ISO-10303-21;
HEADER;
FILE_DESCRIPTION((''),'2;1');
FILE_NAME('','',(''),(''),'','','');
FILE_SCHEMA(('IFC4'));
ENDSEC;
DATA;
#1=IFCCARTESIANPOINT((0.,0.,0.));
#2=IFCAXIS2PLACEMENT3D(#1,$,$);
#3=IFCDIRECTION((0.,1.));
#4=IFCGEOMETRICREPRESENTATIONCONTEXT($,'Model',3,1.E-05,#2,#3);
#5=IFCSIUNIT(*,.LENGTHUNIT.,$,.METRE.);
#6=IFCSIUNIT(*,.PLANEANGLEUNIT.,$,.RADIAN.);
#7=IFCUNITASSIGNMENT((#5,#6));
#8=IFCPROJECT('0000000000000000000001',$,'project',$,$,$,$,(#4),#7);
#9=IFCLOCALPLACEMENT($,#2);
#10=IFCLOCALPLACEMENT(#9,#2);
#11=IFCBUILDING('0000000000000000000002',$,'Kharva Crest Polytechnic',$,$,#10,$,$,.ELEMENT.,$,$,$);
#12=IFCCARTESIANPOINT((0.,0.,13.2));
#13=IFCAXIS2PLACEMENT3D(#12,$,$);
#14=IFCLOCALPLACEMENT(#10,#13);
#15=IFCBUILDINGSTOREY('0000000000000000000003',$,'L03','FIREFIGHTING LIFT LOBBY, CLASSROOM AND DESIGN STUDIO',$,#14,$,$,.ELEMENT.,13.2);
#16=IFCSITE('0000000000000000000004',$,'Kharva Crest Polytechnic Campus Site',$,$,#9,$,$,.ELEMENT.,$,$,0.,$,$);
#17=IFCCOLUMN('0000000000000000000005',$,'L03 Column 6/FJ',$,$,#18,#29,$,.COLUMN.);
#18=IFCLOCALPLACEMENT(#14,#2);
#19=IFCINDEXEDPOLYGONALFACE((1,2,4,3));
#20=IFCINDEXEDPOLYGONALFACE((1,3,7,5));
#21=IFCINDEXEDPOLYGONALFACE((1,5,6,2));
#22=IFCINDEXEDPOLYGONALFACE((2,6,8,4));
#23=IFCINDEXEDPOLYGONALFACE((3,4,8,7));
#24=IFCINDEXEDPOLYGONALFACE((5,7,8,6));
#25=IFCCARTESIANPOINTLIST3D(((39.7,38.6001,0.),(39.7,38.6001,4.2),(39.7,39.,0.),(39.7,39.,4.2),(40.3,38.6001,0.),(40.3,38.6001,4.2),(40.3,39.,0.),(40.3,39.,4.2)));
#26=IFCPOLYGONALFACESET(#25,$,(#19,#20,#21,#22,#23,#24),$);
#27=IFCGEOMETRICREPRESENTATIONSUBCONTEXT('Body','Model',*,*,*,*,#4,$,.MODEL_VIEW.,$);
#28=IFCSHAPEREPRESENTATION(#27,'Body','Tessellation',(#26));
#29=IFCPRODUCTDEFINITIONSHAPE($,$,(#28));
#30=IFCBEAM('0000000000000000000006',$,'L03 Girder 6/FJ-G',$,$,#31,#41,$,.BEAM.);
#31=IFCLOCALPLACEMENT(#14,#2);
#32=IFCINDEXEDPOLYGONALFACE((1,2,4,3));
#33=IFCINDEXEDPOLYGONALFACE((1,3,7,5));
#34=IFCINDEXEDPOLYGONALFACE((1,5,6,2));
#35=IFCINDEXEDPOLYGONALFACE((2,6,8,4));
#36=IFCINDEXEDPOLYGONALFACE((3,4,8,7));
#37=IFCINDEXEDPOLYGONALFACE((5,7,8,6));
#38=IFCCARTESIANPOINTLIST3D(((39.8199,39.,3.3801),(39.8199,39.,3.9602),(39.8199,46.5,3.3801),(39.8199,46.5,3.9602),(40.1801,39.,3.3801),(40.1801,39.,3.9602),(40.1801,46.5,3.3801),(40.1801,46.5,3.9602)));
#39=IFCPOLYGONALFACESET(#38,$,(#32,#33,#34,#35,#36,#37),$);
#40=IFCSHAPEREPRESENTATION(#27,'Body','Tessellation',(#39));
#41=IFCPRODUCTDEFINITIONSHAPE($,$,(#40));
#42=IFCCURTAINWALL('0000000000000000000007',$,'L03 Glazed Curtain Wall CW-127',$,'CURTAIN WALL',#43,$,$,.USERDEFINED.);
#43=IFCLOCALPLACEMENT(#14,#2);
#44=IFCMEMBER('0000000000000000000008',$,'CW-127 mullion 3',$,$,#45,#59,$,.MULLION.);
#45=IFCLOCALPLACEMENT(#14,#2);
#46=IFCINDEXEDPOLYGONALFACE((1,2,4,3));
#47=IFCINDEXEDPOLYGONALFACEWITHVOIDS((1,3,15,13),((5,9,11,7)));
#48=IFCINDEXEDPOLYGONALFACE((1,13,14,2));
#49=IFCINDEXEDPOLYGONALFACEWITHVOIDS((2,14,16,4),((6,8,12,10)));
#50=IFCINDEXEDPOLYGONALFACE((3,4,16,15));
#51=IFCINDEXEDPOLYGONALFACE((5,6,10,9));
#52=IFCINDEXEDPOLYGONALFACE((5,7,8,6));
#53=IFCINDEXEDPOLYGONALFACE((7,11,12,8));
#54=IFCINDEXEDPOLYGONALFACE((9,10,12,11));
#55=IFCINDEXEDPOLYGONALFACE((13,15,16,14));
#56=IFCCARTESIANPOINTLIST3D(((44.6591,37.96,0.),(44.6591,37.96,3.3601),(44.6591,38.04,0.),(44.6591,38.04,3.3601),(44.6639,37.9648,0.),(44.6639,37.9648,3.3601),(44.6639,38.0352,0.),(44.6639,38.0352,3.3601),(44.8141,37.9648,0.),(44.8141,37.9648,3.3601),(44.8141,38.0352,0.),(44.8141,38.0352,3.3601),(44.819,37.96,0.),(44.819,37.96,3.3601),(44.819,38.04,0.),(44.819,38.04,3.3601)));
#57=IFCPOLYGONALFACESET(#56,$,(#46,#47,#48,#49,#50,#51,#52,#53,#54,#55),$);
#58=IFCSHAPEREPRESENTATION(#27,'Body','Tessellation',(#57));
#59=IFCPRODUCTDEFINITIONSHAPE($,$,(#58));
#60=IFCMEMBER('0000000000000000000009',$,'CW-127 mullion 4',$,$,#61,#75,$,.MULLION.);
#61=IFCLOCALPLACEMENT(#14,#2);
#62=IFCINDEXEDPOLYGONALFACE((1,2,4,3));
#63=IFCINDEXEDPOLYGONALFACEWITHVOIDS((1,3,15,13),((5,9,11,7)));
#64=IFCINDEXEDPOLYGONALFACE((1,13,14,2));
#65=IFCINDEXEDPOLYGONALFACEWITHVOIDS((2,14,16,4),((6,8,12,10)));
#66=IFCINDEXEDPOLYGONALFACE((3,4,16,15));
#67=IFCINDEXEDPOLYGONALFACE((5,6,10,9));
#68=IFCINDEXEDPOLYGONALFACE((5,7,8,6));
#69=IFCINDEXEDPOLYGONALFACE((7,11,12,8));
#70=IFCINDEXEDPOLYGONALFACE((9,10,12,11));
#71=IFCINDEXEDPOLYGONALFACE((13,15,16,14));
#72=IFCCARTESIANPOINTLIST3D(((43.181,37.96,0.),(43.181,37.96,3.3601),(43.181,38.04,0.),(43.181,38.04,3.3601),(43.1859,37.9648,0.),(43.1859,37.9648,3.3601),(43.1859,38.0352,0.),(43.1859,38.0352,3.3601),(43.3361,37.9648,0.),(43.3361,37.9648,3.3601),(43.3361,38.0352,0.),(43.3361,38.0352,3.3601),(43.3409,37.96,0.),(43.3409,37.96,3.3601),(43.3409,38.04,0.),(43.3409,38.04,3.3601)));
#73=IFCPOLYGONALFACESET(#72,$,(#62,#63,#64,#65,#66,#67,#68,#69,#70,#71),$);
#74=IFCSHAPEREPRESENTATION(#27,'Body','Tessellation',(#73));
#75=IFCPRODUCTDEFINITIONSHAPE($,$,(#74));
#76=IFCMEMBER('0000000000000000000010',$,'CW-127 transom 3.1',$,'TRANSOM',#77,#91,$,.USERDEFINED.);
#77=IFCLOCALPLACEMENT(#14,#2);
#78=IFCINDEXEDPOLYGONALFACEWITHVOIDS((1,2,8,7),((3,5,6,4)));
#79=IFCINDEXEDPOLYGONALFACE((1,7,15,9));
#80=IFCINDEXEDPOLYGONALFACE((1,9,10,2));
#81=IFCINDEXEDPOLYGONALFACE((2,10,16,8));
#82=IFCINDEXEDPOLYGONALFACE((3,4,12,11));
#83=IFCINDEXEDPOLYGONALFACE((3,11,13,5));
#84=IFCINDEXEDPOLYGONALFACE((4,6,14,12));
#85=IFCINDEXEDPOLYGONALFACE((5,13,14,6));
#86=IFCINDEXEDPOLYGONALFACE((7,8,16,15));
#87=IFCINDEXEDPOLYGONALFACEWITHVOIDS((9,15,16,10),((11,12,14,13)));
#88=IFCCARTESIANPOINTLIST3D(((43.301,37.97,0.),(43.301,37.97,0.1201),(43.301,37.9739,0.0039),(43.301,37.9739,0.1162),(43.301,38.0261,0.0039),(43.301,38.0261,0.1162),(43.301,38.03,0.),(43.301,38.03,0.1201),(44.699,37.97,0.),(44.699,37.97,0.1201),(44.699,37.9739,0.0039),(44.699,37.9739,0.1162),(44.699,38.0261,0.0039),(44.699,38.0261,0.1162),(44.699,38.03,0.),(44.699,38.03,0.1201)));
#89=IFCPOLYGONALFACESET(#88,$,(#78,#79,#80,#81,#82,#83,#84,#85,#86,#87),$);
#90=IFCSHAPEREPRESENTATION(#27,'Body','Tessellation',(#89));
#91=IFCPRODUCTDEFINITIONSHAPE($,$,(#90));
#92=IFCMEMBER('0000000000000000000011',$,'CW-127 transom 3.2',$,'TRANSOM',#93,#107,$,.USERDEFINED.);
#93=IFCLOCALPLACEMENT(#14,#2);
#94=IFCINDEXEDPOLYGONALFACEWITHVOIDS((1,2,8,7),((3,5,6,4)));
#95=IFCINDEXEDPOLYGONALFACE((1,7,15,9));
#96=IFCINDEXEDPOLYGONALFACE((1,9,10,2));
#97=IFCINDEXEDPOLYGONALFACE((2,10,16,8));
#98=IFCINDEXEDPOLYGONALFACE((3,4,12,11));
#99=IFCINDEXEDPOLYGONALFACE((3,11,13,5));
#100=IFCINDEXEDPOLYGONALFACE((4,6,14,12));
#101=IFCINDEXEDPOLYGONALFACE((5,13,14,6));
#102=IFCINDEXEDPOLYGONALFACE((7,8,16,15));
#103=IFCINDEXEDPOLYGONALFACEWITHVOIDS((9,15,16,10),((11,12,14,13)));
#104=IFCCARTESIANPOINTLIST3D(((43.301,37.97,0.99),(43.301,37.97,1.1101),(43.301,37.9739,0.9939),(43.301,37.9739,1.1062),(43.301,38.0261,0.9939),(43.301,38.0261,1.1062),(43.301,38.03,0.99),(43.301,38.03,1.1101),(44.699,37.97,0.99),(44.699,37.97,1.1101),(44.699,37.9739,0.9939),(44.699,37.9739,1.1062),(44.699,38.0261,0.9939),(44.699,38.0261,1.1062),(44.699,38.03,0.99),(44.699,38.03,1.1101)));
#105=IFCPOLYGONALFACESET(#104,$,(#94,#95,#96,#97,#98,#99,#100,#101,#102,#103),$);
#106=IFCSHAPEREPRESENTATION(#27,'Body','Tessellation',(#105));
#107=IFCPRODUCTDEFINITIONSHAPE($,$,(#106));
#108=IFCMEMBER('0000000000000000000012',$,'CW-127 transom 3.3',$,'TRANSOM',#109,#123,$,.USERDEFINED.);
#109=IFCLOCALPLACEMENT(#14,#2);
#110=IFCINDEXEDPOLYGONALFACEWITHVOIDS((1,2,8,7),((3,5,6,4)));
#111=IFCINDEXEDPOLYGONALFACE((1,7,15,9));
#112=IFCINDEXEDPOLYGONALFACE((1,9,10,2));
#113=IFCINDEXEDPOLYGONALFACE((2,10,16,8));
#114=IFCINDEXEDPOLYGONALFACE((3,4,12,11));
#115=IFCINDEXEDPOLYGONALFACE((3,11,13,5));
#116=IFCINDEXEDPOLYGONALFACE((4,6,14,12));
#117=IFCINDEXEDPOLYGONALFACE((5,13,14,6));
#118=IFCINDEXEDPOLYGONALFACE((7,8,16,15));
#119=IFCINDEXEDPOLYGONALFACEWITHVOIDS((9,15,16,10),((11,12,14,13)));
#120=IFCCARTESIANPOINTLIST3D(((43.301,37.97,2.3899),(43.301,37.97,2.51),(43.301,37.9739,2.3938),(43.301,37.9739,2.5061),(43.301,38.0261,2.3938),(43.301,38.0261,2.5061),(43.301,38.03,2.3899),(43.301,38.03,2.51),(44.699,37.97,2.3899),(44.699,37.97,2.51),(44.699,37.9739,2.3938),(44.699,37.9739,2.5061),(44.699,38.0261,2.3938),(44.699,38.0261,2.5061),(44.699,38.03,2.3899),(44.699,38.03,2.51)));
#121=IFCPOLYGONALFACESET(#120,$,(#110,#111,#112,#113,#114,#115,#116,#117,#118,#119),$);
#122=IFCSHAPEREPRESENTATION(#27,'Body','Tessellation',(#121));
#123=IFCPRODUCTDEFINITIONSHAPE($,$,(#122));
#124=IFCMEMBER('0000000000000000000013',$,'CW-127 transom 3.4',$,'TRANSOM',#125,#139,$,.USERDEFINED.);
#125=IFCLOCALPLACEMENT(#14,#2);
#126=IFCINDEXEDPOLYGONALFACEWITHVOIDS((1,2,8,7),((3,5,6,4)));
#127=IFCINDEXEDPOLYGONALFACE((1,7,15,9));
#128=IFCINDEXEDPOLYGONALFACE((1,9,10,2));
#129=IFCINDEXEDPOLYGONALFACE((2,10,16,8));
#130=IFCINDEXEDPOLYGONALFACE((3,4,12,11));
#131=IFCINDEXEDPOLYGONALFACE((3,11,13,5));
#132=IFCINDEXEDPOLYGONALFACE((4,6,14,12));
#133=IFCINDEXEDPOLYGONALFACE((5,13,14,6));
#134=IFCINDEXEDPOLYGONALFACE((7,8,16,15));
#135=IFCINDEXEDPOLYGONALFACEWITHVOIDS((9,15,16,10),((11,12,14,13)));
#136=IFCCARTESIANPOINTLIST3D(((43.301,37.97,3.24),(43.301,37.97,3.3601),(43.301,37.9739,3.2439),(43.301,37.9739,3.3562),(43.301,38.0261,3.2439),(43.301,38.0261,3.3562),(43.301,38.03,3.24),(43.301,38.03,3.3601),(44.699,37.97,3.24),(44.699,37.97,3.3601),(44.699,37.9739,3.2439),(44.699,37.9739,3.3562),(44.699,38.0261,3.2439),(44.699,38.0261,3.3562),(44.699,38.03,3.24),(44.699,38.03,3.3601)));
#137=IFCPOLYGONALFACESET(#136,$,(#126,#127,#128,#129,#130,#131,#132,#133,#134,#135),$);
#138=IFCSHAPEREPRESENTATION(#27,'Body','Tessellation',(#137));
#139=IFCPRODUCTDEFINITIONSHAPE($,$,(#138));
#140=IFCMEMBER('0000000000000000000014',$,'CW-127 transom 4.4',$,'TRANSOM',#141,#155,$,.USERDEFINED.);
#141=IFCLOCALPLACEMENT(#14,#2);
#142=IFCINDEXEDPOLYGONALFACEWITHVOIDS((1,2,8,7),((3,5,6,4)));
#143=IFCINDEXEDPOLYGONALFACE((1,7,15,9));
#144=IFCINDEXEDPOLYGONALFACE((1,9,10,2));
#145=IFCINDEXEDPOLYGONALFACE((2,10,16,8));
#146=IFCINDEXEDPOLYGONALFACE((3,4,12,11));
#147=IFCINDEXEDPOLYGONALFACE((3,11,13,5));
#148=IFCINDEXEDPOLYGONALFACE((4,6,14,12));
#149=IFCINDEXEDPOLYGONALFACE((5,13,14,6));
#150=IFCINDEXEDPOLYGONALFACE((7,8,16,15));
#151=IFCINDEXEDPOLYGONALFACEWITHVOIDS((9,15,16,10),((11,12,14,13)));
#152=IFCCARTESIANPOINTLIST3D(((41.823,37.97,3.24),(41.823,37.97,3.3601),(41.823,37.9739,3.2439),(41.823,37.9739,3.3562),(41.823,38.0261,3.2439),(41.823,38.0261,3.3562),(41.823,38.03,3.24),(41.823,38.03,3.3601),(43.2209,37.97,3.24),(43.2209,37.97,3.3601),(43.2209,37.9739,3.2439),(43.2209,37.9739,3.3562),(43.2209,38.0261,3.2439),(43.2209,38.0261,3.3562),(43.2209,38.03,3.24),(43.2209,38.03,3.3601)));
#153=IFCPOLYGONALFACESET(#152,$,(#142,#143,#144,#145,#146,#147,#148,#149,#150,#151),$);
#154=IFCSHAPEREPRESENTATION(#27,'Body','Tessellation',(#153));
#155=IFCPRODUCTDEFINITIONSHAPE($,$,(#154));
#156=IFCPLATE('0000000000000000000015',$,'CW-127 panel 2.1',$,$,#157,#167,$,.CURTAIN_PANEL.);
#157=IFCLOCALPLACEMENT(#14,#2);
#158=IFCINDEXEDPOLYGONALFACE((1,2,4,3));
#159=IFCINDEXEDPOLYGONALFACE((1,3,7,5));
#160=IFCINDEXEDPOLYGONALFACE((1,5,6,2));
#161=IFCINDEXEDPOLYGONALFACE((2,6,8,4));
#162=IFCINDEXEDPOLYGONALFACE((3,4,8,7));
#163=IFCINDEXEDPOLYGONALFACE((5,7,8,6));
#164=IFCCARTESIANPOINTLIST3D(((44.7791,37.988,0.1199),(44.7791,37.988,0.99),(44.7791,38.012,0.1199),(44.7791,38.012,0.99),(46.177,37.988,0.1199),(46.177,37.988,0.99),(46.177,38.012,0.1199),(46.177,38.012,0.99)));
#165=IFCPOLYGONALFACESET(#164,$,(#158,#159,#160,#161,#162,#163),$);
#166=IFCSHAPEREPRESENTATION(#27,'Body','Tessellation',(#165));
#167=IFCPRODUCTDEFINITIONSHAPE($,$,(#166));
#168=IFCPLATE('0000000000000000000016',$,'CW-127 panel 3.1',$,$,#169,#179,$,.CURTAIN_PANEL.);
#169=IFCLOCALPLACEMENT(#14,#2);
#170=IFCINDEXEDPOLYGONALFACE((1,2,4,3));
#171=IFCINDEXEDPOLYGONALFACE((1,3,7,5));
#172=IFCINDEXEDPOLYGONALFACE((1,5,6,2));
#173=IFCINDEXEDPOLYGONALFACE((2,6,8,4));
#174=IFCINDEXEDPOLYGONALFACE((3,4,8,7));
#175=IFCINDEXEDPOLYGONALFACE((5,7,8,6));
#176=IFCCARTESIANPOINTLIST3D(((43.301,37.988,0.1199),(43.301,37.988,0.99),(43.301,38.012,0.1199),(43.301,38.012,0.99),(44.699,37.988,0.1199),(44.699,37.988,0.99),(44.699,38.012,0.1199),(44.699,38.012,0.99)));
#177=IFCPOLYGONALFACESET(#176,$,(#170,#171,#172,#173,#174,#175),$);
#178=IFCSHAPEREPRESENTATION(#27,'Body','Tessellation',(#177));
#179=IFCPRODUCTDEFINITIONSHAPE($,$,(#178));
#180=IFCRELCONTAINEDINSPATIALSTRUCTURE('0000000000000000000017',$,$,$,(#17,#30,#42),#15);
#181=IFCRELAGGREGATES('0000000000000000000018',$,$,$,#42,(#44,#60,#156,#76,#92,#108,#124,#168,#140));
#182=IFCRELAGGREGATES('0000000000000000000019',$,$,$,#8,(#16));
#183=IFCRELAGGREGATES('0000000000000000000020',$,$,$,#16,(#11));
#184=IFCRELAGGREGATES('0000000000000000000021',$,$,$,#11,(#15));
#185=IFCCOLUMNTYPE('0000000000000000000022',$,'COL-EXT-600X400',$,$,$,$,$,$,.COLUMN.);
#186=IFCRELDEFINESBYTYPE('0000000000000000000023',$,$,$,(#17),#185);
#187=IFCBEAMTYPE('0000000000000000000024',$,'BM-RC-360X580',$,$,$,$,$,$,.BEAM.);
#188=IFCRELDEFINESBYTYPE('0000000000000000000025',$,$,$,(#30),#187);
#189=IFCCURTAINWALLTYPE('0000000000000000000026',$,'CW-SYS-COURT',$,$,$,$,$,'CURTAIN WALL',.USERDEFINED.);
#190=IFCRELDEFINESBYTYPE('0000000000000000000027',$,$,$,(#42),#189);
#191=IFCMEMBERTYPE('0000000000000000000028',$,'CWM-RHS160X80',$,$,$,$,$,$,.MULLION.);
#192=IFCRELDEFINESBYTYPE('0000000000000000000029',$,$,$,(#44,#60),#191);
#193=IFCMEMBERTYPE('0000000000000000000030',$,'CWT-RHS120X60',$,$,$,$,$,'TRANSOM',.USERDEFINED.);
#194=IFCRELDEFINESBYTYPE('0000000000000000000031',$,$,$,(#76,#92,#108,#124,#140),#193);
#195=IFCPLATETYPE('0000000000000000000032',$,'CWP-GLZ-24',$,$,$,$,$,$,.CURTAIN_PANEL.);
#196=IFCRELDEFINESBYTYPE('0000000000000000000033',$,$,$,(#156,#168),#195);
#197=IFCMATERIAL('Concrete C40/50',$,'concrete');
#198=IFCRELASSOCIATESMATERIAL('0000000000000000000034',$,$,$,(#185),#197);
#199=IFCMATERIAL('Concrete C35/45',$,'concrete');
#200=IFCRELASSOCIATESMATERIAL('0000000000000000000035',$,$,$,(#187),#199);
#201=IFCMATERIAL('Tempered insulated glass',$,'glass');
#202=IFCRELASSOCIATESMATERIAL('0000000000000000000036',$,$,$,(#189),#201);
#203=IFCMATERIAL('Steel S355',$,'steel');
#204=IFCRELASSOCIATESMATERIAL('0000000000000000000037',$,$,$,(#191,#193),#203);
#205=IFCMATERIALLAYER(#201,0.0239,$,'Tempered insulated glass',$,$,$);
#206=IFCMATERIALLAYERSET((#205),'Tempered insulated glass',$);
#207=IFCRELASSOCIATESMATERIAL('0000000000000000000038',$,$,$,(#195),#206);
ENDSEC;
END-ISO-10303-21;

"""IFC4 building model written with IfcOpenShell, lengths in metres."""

from ifc_helpers import new_model, si_unit, direction, frame, origin, origin_2d, place, context, subcontext, project, spatial, rectangle, hollow_rectangle, extrude, material, layer, layer_set, material_profile, profile_set, type_object, element, aggregate, save


model = new_model("IFC4")

# Units and contexts
model_context = context("Model", 3, precision=1e-05, world=origin(), true_north=direction((0.0, 1.0)))
body_context = subcontext(model_context, "Body", "Model", "MODEL_VIEW")
ifc_project = project(units=[si_unit("LENGTHUNIT", "METRE"), si_unit("PLANEANGLEUNIT", "RADIAN")], contexts=[model_context])

# Site, building, storey
site_placement = place(None, origin())
site = spatial("IfcSite", under=ifc_project, at=site_placement, Name="Kharva Crest Polytechnic Campus Site", CompositionType="ELEMENT", RefElevation=0.0)
building_placement = place(site_placement, origin())
building = spatial("IfcBuilding", under=site, at=building_placement, Name="Kharva Crest Polytechnic", CompositionType="ELEMENT")
storey_placement = place(building_placement, frame((0.0, 0.0, 13.2)))
storey = spatial("IfcBuildingStorey", under=building, at=storey_placement, Name="L03", Description="FIREFIGHTING LIFT LOBBY, CLASSROOM AND DESIGN STUDIO", CompositionType="ELEMENT", Elevation=13.2)

# Column
ifc_material_1 = material(Name="Concrete C40/50", Category="concrete")
ifc_material_profile_1 = material_profile(ifc_material_1, rectangle(XDim=0.6001, YDim=0.3999, at=origin_2d()), Name="RECT 600 X 400")
ifc_profile_set_1 = profile_set([ifc_material_profile_1], Name="Concrete C40/50")
column_type = type_object("IfcColumnType", Name="COL-EXT-600X400", PredefinedType="COLUMN", material=ifc_profile_set_1)
column_placement = place(storey_placement, frame((40.0, 38.8, 0.0), z_axis=(0.0, 0.0, 1.0), x_axis=(1.0, 0.0, 0.0)))
element("IfcColumn", 1, at=column_placement, inside=storey, type_object=column_type, Name="L03 Column 6/FJ", PredefinedType="COLUMN", context=body_context, shape_type="SweptSolid", body=[
    extrude(rectangle(XDim=0.6001, YDim=0.3999, at=origin_2d()), origin(), (0.0, 0.0, 1.0), 4.2),
])

# Beam
ifc_material_2 = material(Name="Concrete C35/45", Category="concrete")
ifc_material_profile_2 = material_profile(ifc_material_2, rectangle(XDim=0.3601, YDim=0.5801, at=origin_2d()), Name="RECT 360 X 580")
ifc_profile_set_2 = profile_set([ifc_material_profile_2], Name="Concrete C35/45")
beam_type = type_object("IfcBeamType", Name="BM-RC-360X580", PredefinedType="BEAM", material=ifc_profile_set_2)
beam_placement = place(storey_placement, frame((40.0, 39.0, 3.6702), z_axis=(0.0, 1.0, 0.0), x_axis=(-1.0, 0.0, 0.0)))
element("IfcBeam", 2, at=beam_placement, inside=storey, type_object=beam_type, Name="L03 Girder 6/FJ-G", PredefinedType="BEAM", context=body_context, shape_type="SweptSolid", body=[
    extrude(rectangle(XDim=0.3601, YDim=0.5801, at=origin_2d()), origin(), (0.0, 0.0, 1.0), 7.5),
])

# Curtain wall, members, plates
ifc_material_3 = material(Name="Tempered insulated glass", Category="glass")
curtain_wall_type = type_object("IfcCurtainWallType", Name="CW-SYS-COURT", ElementType="CURTAIN WALL", PredefinedType="USERDEFINED", material=ifc_material_3)
curtain_wall_placement = place(storey_placement, origin())
curtain_wall = element("IfcCurtainWall", 3, at=curtain_wall_placement, inside=storey, type_object=curtain_wall_type, Name="L03 Glazed Curtain Wall CW-127", ObjectType="CURTAIN WALL", PredefinedType="USERDEFINED")
ifc_material_4 = material(Name="Steel S355", Category="steel")
ifc_material_profile_3 = material_profile(ifc_material_4, hollow_rectangle(XDim=0.0801, YDim=0.1599, WallThickness=0.0049, at=origin_2d()), Name="RHS 160X80X5.0")
ifc_profile_set_3 = profile_set([ifc_material_profile_3], Name="Steel S355")
member_type_1 = type_object("IfcMemberType", Name="CWM-RHS160X80", PredefinedType="MULLION", material=ifc_profile_set_3)
member_1_placement = place(storey_placement, frame((44.739, 38.0, 0.0), z_axis=(0.0, 0.0, 1.0), x_axis=(0.0, -1.0, 0.0)))
member_1 = element("IfcMember", 4, at=member_1_placement, type_object=member_type_1, Name="CW-127 mullion 3", PredefinedType="MULLION", context=body_context, shape_type="SweptSolid", body=[
    extrude(hollow_rectangle(XDim=0.0801, YDim=0.1599, WallThickness=0.0049, at=origin_2d()), origin(), (0.0, 0.0, 1.0), 3.3601),
])
member_2_placement = place(storey_placement, frame((43.261, 38.0, 0.0), z_axis=(0.0, 0.0, 1.0), x_axis=(0.0, -1.0, 0.0)))
member_2 = element("IfcMember", 5, at=member_2_placement, type_object=member_type_1, Name="CW-127 mullion 4", PredefinedType="MULLION", context=body_context, shape_type="SweptSolid", body=[
    extrude(hollow_rectangle(XDim=0.0801, YDim=0.1599, WallThickness=0.0049, at=origin_2d()), origin(), (0.0, 0.0, 1.0), 3.3601),
])
ifc_material_profile_4 = material_profile(ifc_material_4, hollow_rectangle(XDim=0.0601, YDim=0.1201, WallThickness=0.0039, at=origin_2d()), Name="RHS 120X60X4.0")
ifc_profile_set_4 = profile_set([ifc_material_profile_4], Name="Steel S355")
member_type_2 = type_object("IfcMemberType", Name="CWT-RHS120X60", ElementType="TRANSOM", PredefinedType="USERDEFINED", material=ifc_profile_set_4)
member_3_placement = place(storey_placement, frame((44.699, 38.0, 0.0601), z_axis=(-1.0, 0.0, 0.0), x_axis=(0.0, -1.0, 0.0)))
member_3 = element("IfcMember", 6, at=member_3_placement, type_object=member_type_2, Name="CW-127 transom 3.1", ObjectType="TRANSOM", PredefinedType="USERDEFINED", context=body_context, shape_type="SweptSolid", body=[
    extrude(hollow_rectangle(XDim=0.0601, YDim=0.1201, WallThickness=0.0039, at=origin_2d()), origin(), (0.0, 0.0, 1.0), 1.3979),
])
member_4_placement = place(storey_placement, frame((44.699, 38.0, 1.05), z_axis=(-1.0, 0.0, 0.0), x_axis=(0.0, -1.0, 0.0)))
member_4 = element("IfcMember", 7, at=member_4_placement, type_object=member_type_2, Name="CW-127 transom 3.2", ObjectType="TRANSOM", PredefinedType="USERDEFINED", context=body_context, shape_type="SweptSolid", body=[
    extrude(hollow_rectangle(XDim=0.0601, YDim=0.1201, WallThickness=0.0039, at=origin_2d()), origin(), (0.0, 0.0, 1.0), 1.3979),
])
member_5_placement = place(storey_placement, frame((44.699, 38.0, 2.45), z_axis=(-1.0, 0.0, 0.0), x_axis=(0.0, -1.0, 0.0)))
member_5 = element("IfcMember", 8, at=member_5_placement, type_object=member_type_2, Name="CW-127 transom 3.3", ObjectType="TRANSOM", PredefinedType="USERDEFINED", context=body_context, shape_type="SweptSolid", body=[
    extrude(hollow_rectangle(XDim=0.0601, YDim=0.1201, WallThickness=0.0039, at=origin_2d()), origin(), (0.0, 0.0, 1.0), 1.3979),
])
member_6_placement = place(storey_placement, frame((44.699, 38.0, 3.3), z_axis=(-1.0, 0.0, 0.0), x_axis=(0.0, -1.0, 0.0)))
member_6 = element("IfcMember", 9, at=member_6_placement, type_object=member_type_2, Name="CW-127 transom 3.4", ObjectType="TRANSOM", PredefinedType="USERDEFINED", context=body_context, shape_type="SweptSolid", body=[
    extrude(hollow_rectangle(XDim=0.0601, YDim=0.1201, WallThickness=0.0039, at=origin_2d()), origin(), (0.0, 0.0, 1.0), 1.3979),
])
member_7_placement = place(storey_placement, frame((43.2209, 38.0, 3.3), z_axis=(-1.0, 0.0, 0.0), x_axis=(0.0, -1.0, 0.0)))
member_7 = element("IfcMember", 10, at=member_7_placement, type_object=member_type_2, Name="CW-127 transom 4.4", ObjectType="TRANSOM", PredefinedType="USERDEFINED", context=body_context, shape_type="SweptSolid", body=[
    extrude(hollow_rectangle(XDim=0.0601, YDim=0.1201, WallThickness=0.0039, at=origin_2d()), origin(), (0.0, 0.0, 1.0), 1.3979),
])
ifc_layer_1 = layer(ifc_material_3, 0.0239, Name="Tempered insulated glass")
ifc_layer_set_1 = layer_set([ifc_layer_1], Name="Tempered insulated glass")
plate_type = type_object("IfcPlateType", Name="CWP-GLZ-24", PredefinedType="CURTAIN_PANEL", material=ifc_layer_set_1)
plate_1_placement = place(storey_placement, frame((45.478, 38.0, 0.1199), z_axis=(0.0, 0.0, 1.0), x_axis=(-1.0, 0.0, 0.0)))
plate_1 = element("IfcPlate", 11, at=plate_1_placement, type_object=plate_type, Name="CW-127 panel 2.1", PredefinedType="CURTAIN_PANEL", context=body_context, shape_type="SweptSolid", body=[
    extrude(rectangle(XDim=1.3979, YDim=0.0239, at=origin_2d()), origin(), (0.0, 0.0, 1.0), 0.8701),
])
plate_2_placement = place(storey_placement, frame((44.0, 38.0, 0.1199), z_axis=(0.0, 0.0, 1.0), x_axis=(-1.0, 0.0, 0.0)))
plate_2 = element("IfcPlate", 12, at=plate_2_placement, type_object=plate_type, Name="CW-127 panel 3.1", PredefinedType="CURTAIN_PANEL", context=body_context, shape_type="SweptSolid", body=[
    extrude(rectangle(XDim=1.3979, YDim=0.0239, at=origin_2d()), origin(), (0.0, 0.0, 1.0), 0.8701),
])
aggregate(curtain_wall, [member_1, member_2, plate_1, member_3, member_4, member_5, member_6, plate_2, member_7])

save(model, "model.ifc")
